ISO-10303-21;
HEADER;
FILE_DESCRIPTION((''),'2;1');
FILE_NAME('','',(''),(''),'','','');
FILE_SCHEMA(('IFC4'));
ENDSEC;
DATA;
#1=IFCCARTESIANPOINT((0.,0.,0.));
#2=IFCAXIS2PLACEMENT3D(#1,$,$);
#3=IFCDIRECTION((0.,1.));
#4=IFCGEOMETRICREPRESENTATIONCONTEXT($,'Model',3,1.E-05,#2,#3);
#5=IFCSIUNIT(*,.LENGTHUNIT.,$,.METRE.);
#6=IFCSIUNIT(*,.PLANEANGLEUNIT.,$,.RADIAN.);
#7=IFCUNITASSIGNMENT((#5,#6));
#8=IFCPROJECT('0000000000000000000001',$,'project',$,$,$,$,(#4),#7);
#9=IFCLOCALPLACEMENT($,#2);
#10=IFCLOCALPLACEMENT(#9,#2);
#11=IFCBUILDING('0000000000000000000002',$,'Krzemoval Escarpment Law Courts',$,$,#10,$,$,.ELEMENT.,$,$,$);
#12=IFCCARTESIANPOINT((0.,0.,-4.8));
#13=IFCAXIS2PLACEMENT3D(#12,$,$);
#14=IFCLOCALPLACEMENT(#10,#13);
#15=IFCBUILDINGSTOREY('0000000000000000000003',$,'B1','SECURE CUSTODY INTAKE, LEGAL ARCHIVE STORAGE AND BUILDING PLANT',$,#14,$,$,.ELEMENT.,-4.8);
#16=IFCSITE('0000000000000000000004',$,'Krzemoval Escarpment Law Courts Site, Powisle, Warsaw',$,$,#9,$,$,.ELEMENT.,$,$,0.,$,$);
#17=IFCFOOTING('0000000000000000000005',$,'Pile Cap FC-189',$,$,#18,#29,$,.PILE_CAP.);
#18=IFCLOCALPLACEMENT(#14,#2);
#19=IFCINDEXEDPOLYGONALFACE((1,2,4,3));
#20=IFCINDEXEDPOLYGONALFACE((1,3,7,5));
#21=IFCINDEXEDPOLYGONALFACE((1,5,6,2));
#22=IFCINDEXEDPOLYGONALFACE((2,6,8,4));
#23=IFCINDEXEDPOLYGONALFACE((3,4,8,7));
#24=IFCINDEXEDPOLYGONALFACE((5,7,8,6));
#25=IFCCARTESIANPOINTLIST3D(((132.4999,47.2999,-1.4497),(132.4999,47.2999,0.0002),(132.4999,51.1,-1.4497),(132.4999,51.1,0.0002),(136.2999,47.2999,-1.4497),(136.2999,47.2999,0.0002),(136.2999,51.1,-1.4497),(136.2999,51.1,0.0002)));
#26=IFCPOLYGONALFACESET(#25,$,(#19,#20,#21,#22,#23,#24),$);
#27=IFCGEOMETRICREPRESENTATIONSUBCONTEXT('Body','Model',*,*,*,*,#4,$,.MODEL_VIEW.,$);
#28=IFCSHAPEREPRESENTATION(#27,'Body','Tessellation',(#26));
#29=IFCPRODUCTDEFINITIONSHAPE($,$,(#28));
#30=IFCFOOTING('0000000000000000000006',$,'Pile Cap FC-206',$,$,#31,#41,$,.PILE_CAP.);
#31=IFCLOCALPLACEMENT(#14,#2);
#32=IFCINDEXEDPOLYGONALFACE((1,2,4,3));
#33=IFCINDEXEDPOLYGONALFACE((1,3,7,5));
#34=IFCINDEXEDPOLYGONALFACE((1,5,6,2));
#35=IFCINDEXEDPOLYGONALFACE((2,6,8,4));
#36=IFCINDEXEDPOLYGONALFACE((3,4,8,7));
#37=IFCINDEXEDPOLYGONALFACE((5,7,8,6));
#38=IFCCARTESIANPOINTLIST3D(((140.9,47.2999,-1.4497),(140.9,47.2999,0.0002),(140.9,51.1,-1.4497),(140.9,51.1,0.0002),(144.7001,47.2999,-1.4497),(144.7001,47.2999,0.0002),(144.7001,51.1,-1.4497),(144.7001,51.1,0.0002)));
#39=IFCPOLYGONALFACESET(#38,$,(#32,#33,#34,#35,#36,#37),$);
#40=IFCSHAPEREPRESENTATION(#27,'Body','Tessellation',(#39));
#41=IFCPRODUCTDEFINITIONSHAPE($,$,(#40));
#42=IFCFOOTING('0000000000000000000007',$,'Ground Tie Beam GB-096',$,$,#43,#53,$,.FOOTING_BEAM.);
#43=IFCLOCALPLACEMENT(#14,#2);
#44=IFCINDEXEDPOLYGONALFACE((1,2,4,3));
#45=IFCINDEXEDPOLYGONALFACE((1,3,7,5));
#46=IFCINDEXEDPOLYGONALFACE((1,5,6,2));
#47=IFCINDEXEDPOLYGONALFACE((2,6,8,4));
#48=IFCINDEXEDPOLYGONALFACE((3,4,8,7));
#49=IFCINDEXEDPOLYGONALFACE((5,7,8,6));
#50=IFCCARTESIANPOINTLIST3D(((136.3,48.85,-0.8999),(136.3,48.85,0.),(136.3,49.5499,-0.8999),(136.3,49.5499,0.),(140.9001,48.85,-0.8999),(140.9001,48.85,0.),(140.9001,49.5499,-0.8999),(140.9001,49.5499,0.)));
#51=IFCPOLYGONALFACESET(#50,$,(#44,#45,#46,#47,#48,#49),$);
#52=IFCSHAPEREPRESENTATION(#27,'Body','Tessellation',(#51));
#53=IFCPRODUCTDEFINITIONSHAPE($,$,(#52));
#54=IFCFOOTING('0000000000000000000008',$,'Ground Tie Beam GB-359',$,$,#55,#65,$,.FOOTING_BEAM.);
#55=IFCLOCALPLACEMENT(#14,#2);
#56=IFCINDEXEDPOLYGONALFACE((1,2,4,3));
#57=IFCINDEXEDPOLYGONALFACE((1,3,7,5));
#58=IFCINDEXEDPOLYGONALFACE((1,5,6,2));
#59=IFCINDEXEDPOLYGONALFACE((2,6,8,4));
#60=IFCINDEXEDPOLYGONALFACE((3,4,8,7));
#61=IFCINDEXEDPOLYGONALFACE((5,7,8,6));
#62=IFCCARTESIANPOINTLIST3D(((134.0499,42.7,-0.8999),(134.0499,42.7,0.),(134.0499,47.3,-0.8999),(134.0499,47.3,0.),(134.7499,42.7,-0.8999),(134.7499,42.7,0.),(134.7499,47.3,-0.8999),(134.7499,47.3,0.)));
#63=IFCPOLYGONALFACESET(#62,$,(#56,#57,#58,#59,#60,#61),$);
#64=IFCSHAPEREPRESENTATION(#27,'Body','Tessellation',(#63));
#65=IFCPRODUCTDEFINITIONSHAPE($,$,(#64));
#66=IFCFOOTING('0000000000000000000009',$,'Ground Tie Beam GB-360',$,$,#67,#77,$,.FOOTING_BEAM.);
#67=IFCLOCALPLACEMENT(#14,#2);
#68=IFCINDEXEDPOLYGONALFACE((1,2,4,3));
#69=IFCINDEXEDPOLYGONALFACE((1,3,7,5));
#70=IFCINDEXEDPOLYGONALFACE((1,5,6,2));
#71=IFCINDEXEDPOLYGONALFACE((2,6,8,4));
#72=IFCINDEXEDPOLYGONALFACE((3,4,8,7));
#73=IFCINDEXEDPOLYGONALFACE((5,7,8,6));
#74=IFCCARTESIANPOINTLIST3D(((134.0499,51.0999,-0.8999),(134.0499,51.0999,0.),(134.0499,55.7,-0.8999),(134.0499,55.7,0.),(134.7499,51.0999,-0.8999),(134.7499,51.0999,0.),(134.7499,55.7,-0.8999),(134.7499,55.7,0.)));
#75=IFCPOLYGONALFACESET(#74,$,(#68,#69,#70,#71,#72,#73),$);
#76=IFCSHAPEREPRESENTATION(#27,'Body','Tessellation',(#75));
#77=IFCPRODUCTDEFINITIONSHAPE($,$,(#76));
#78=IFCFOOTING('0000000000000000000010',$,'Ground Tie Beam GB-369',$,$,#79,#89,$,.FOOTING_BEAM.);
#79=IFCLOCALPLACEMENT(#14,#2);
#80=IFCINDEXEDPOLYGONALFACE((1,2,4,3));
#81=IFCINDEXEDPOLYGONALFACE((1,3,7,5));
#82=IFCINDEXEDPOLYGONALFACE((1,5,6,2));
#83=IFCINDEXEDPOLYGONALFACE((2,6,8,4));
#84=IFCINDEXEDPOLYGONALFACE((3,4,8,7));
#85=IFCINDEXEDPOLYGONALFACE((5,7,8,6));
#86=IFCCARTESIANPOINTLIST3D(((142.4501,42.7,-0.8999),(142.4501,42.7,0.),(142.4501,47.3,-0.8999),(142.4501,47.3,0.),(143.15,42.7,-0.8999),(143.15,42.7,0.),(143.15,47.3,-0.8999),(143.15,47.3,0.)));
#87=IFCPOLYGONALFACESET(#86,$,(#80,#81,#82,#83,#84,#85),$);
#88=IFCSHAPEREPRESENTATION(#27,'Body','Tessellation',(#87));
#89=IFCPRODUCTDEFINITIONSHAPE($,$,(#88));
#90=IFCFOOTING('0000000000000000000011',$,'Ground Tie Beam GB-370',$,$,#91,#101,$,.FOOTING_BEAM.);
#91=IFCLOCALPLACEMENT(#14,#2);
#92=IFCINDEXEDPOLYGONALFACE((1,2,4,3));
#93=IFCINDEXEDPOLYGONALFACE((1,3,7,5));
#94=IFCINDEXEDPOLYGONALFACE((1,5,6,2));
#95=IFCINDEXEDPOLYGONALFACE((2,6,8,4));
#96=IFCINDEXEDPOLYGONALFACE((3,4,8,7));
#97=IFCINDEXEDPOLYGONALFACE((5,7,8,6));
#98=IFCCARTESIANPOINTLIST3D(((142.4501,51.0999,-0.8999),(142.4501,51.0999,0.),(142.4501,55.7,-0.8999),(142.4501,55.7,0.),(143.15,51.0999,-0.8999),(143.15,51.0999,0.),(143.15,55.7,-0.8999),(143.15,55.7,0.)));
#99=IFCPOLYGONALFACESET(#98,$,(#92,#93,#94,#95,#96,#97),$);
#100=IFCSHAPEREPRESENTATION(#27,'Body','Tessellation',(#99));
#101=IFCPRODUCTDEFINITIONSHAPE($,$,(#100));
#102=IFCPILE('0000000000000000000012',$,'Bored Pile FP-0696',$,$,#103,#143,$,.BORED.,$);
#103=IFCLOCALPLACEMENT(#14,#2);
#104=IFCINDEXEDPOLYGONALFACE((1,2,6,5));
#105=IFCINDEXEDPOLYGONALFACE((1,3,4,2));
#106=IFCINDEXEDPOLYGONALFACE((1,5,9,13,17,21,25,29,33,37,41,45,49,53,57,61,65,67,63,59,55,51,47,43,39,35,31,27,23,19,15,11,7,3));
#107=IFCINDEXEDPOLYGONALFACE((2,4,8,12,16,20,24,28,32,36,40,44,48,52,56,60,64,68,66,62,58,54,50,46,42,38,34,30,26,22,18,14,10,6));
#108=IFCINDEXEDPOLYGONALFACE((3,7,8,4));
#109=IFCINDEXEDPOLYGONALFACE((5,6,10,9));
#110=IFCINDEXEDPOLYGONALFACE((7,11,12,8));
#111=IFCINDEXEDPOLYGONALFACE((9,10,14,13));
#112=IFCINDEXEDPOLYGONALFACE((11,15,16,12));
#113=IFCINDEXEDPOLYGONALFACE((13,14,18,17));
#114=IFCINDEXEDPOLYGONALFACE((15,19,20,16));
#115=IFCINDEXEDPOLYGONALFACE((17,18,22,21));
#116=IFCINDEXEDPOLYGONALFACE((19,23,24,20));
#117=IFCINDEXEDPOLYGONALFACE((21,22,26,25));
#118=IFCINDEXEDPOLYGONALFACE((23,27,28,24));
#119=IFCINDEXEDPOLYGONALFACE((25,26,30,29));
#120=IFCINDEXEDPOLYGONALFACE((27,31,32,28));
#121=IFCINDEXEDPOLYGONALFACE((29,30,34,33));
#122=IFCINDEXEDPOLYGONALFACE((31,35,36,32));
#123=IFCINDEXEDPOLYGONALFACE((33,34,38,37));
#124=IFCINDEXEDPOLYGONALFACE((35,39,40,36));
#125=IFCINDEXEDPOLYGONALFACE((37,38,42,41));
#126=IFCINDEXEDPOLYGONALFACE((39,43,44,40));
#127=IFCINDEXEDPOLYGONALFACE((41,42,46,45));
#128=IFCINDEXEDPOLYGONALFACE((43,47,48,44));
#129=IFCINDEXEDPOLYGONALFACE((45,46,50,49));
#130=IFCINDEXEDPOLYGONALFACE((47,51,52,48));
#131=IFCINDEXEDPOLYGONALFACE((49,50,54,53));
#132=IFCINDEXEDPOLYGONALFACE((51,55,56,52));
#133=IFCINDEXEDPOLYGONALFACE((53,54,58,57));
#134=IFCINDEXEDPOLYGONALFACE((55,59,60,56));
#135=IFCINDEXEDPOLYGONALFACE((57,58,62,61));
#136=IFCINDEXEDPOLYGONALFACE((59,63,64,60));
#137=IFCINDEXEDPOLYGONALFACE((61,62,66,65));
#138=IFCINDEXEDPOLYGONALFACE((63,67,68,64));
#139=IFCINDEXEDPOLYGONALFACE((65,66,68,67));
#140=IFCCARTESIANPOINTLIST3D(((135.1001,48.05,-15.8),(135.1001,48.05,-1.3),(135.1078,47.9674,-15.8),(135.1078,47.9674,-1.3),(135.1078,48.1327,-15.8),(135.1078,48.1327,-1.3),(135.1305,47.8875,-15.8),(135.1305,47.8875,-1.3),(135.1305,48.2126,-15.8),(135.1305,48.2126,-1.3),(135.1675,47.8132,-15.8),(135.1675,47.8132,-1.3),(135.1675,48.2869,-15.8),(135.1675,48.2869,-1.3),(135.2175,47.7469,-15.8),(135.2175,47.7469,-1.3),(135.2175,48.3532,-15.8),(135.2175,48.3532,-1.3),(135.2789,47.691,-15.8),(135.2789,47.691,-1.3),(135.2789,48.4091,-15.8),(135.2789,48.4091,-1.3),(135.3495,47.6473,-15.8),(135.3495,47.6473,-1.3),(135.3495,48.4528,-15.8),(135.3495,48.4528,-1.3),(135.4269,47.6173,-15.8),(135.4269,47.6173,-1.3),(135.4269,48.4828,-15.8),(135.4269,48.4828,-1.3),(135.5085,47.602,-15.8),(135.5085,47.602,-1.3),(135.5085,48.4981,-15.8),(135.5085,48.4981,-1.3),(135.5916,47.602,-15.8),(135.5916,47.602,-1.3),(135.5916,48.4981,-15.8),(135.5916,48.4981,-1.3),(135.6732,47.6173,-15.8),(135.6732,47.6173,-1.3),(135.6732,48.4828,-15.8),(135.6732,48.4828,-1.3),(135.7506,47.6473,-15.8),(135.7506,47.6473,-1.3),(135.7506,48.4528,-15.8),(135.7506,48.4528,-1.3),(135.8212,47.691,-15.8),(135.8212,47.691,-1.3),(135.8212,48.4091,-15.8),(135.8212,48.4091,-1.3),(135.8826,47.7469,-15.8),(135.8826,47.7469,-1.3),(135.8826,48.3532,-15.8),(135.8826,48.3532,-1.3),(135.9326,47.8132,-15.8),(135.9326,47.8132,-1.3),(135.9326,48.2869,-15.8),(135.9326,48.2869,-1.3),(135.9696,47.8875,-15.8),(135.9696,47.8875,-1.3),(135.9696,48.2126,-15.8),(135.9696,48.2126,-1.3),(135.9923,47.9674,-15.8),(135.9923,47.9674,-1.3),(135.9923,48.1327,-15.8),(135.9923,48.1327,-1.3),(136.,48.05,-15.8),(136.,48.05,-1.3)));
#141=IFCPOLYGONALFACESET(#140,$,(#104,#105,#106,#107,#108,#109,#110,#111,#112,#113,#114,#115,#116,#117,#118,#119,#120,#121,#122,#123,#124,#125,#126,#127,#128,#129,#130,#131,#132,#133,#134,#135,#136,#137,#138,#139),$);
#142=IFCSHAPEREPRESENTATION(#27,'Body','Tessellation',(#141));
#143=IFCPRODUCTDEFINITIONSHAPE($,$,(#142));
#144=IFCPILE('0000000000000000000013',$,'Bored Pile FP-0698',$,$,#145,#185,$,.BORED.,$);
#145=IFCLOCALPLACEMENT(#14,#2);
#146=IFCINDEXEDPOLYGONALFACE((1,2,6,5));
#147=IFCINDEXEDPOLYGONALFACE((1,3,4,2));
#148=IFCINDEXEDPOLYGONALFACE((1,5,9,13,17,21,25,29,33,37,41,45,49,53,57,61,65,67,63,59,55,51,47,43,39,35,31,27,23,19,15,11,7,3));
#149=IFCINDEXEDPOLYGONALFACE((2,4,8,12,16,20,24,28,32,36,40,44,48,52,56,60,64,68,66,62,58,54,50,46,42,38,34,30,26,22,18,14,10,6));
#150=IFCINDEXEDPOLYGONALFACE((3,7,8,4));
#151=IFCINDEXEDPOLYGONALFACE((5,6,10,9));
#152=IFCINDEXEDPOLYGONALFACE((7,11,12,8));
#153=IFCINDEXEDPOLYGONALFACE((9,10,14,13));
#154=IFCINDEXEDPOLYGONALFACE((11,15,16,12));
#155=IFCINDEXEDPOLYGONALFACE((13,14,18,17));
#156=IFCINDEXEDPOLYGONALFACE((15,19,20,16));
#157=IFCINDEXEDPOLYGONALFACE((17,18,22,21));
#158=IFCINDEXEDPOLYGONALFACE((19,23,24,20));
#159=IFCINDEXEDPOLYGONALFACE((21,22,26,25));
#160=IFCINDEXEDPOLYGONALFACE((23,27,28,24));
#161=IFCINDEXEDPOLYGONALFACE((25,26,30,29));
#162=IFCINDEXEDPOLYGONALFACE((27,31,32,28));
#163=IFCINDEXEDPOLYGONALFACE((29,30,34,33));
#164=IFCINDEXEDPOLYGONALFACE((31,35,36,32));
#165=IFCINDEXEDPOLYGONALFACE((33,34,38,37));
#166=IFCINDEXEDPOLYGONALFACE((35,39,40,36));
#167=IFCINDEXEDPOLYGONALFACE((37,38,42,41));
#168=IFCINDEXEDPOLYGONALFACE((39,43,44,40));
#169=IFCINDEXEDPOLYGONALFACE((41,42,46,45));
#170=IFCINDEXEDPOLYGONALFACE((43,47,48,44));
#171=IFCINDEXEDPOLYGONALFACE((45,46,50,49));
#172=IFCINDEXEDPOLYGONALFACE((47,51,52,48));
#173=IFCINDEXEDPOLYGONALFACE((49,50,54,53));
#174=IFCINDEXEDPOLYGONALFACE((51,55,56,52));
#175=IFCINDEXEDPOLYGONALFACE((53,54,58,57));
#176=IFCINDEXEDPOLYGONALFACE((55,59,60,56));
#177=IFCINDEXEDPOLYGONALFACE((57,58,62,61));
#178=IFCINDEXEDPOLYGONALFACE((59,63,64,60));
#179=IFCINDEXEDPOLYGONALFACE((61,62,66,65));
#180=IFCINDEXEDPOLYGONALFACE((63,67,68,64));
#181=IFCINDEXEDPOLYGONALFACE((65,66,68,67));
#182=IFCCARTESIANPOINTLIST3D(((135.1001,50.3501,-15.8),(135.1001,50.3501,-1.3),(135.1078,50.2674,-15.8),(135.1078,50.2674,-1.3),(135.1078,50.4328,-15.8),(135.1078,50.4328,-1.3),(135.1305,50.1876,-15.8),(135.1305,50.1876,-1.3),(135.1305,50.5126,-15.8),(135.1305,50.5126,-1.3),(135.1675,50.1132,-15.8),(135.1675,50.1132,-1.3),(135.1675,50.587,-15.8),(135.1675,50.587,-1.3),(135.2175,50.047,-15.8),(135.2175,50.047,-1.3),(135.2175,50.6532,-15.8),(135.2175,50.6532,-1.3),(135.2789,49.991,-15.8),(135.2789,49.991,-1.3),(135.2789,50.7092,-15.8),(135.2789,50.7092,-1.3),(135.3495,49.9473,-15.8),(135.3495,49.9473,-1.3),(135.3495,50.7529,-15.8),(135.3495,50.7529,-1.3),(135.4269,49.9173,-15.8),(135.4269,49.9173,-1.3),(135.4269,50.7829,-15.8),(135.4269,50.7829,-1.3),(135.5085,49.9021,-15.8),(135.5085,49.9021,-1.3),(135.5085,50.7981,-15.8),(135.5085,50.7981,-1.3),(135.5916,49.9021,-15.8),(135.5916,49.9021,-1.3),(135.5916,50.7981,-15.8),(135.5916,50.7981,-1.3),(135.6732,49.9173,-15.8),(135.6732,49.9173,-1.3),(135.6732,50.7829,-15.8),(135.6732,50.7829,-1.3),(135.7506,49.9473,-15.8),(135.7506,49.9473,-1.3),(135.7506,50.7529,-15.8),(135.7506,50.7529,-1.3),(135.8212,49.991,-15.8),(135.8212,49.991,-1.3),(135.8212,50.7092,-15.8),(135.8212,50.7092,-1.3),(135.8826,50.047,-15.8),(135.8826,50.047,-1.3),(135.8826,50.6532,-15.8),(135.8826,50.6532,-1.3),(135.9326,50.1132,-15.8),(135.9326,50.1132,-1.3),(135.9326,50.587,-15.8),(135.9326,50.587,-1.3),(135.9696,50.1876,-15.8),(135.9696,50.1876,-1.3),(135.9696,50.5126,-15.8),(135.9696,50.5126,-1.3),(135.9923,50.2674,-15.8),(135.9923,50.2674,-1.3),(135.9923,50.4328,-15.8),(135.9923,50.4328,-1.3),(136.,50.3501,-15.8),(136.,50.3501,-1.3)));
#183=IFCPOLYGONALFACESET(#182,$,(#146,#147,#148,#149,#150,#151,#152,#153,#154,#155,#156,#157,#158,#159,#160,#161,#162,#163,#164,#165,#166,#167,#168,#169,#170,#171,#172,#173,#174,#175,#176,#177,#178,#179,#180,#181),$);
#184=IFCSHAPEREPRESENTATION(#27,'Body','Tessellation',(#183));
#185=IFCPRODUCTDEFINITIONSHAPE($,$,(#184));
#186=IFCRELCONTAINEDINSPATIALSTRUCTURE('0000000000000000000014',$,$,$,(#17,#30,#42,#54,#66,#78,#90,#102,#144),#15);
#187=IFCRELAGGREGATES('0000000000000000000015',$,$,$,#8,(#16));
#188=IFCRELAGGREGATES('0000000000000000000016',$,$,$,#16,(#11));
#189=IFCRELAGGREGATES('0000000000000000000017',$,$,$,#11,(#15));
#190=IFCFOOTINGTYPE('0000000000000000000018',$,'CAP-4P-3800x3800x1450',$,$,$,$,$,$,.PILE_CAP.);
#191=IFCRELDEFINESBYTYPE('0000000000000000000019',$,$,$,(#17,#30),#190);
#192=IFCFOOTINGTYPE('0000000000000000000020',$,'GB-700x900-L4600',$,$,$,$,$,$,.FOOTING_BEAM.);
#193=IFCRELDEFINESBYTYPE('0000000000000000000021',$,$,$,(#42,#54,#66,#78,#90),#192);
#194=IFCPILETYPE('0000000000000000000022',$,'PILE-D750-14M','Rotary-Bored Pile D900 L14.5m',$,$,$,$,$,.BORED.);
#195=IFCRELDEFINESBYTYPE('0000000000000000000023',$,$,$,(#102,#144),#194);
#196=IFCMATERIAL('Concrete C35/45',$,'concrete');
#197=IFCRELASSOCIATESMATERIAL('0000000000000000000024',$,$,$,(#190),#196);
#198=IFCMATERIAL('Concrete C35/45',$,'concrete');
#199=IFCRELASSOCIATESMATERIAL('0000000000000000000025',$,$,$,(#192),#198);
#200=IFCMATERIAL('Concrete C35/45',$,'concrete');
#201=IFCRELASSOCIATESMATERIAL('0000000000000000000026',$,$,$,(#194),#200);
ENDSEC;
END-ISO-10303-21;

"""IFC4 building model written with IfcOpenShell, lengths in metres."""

from ifc_helpers import new_model, si_unit, direction, frame, origin, origin_2d, place, context, subcontext, project, spatial, rectangle, circle, extrude, material, material_profile, profile_set, type_object, element, save


model = new_model("IFC4")

# Units and contexts
model_context = context("Model", 3, precision=1e-05, world=origin(), true_north=direction((0.0, 1.0)))
body_context = subcontext(model_context, "Body", "Model", "MODEL_VIEW")
ifc_project = project(units=[si_unit("LENGTHUNIT", "METRE"), si_unit("PLANEANGLEUNIT", "RADIAN")], contexts=[model_context])

# Site, building, storey
site_placement = place(None, origin())
site = spatial("IfcSite", under=ifc_project, at=site_placement, Name="Krzemoval Escarpment Law Courts Site, Powisle, Warsaw", CompositionType="ELEMENT", RefElevation=0.0)
building_placement = place(site_placement, origin())
building = spatial("IfcBuilding", under=site, at=building_placement, Name="Krzemoval Escarpment Law Courts", CompositionType="ELEMENT")
storey_placement = place(building_placement, frame((0.0, 0.0, -4.8)))
storey = spatial("IfcBuildingStorey", under=building, at=storey_placement, Name="B1", Description="SECURE CUSTODY INTAKE, LEGAL ARCHIVE STORAGE AND BUILDING PLANT", CompositionType="ELEMENT", Elevation=-4.8)

# Footings
ifc_material_1 = material(Name="Concrete C35/45", Category="concrete")
footing_type_1 = type_object("IfcFootingType", Name="CAP-4P-3800x3800x1450", PredefinedType="PILE_CAP", material=ifc_material_1)
for number, where, z_axis, x_axis, name in (
    (1, (134.3999, 49.2, -1.4497), (0.0, 0.0, 1.0), (1.0, 0.0, 0.0), "Pile Cap FC-189"),
    (2, (142.8, 49.2, -1.4497), (0.0, 0.0, 1.0), (1.0, 0.0, 0.0), "Pile Cap FC-206"),
):
    element("IfcFooting", number, at=place(storey_placement, frame(where, z_axis=z_axis, x_axis=x_axis)), inside=storey, type_object=footing_type_1, Name=name, PredefinedType="PILE_CAP", context=body_context, shape_type="SweptSolid", body=[
        extrude(rectangle(XDim=3.8, YDim=3.8, at=origin_2d()), origin(), (0.0, 0.0, 1.0), 1.45),
    ])
ifc_material_2 = material(Name="Concrete C35/45", Category="concrete")
footing_type_2 = type_object("IfcFootingType", Name="GB-700x900-L4600", PredefinedType="FOOTING_BEAM", material=ifc_material_2)
for number, where, z_axis, x_axis, name in (
    (3, (138.6001, 49.2, -0.8999), (0.0, 0.0, 1.0), (1.0, 0.0, 0.0), "Ground Tie Beam GB-096"),
    (4, (134.3999, 45.0, -0.8999), (0.0, 0.0, 1.0), (0.0, 1.0, 0.0), "Ground Tie Beam GB-359"),
    (5, (134.3999, 53.3999, -0.8999), (0.0, 0.0, 1.0), (0.0, 1.0, 0.0), "Ground Tie Beam GB-360"),
    (6, (142.8, 45.0, -0.8999), (0.0, 0.0, 1.0), (0.0, 1.0, 0.0), "Ground Tie Beam GB-369"),
    (7, (142.8, 53.3999, -0.8999), (0.0, 0.0, 1.0), (0.0, 1.0, 0.0), "Ground Tie Beam GB-370"),
):
    element("IfcFooting", number, at=place(storey_placement, frame(where, z_axis=z_axis, x_axis=x_axis)), inside=storey, type_object=footing_type_2, Name=name, PredefinedType="FOOTING_BEAM", context=body_context, shape_type="SweptSolid", body=[
        extrude(rectangle(XDim=4.6001, YDim=0.7, at=origin_2d()), origin(), (0.0, 0.0, 1.0), 0.8999),
    ])

# Piles
ifc_material_3 = material(Name="Concrete C35/45", Category="concrete")
ifc_material_profile_1 = material_profile(ifc_material_3, circle(Radius=0.45, at=origin_2d()), Name="PILE D900")
ifc_profile_set_1 = profile_set([ifc_material_profile_1], Name="Concrete C35/45")
pile_type = type_object("IfcPileType", Name="PILE-D750-14M", Description="Rotary-Bored Pile D900 L14.5m", PredefinedType="BORED", material=ifc_profile_set_1)
for number, where, z_axis, x_axis, name in (
    (8, (135.55, 48.05, -1.3), (0.0, 0.0, -1.0), (1.0, 0.0, 0.0), "Bored Pile FP-0696"),
    (9, (135.55, 50.3501, -1.3), (0.0, 0.0, -1.0), (1.0, 0.0, 0.0), "Bored Pile FP-0698"),
):
    element("IfcPile", number, at=place(storey_placement, frame(where, z_axis=z_axis, x_axis=x_axis)), inside=storey, type_object=pile_type, Name=name, PredefinedType="BORED", context=body_context, shape_type="SweptSolid", body=[
        extrude(circle(Radius=0.45, at=origin_2d()), origin(), (0.0, 0.0, 1.0), 14.5),
    ])

save(model, "model.ifc")
